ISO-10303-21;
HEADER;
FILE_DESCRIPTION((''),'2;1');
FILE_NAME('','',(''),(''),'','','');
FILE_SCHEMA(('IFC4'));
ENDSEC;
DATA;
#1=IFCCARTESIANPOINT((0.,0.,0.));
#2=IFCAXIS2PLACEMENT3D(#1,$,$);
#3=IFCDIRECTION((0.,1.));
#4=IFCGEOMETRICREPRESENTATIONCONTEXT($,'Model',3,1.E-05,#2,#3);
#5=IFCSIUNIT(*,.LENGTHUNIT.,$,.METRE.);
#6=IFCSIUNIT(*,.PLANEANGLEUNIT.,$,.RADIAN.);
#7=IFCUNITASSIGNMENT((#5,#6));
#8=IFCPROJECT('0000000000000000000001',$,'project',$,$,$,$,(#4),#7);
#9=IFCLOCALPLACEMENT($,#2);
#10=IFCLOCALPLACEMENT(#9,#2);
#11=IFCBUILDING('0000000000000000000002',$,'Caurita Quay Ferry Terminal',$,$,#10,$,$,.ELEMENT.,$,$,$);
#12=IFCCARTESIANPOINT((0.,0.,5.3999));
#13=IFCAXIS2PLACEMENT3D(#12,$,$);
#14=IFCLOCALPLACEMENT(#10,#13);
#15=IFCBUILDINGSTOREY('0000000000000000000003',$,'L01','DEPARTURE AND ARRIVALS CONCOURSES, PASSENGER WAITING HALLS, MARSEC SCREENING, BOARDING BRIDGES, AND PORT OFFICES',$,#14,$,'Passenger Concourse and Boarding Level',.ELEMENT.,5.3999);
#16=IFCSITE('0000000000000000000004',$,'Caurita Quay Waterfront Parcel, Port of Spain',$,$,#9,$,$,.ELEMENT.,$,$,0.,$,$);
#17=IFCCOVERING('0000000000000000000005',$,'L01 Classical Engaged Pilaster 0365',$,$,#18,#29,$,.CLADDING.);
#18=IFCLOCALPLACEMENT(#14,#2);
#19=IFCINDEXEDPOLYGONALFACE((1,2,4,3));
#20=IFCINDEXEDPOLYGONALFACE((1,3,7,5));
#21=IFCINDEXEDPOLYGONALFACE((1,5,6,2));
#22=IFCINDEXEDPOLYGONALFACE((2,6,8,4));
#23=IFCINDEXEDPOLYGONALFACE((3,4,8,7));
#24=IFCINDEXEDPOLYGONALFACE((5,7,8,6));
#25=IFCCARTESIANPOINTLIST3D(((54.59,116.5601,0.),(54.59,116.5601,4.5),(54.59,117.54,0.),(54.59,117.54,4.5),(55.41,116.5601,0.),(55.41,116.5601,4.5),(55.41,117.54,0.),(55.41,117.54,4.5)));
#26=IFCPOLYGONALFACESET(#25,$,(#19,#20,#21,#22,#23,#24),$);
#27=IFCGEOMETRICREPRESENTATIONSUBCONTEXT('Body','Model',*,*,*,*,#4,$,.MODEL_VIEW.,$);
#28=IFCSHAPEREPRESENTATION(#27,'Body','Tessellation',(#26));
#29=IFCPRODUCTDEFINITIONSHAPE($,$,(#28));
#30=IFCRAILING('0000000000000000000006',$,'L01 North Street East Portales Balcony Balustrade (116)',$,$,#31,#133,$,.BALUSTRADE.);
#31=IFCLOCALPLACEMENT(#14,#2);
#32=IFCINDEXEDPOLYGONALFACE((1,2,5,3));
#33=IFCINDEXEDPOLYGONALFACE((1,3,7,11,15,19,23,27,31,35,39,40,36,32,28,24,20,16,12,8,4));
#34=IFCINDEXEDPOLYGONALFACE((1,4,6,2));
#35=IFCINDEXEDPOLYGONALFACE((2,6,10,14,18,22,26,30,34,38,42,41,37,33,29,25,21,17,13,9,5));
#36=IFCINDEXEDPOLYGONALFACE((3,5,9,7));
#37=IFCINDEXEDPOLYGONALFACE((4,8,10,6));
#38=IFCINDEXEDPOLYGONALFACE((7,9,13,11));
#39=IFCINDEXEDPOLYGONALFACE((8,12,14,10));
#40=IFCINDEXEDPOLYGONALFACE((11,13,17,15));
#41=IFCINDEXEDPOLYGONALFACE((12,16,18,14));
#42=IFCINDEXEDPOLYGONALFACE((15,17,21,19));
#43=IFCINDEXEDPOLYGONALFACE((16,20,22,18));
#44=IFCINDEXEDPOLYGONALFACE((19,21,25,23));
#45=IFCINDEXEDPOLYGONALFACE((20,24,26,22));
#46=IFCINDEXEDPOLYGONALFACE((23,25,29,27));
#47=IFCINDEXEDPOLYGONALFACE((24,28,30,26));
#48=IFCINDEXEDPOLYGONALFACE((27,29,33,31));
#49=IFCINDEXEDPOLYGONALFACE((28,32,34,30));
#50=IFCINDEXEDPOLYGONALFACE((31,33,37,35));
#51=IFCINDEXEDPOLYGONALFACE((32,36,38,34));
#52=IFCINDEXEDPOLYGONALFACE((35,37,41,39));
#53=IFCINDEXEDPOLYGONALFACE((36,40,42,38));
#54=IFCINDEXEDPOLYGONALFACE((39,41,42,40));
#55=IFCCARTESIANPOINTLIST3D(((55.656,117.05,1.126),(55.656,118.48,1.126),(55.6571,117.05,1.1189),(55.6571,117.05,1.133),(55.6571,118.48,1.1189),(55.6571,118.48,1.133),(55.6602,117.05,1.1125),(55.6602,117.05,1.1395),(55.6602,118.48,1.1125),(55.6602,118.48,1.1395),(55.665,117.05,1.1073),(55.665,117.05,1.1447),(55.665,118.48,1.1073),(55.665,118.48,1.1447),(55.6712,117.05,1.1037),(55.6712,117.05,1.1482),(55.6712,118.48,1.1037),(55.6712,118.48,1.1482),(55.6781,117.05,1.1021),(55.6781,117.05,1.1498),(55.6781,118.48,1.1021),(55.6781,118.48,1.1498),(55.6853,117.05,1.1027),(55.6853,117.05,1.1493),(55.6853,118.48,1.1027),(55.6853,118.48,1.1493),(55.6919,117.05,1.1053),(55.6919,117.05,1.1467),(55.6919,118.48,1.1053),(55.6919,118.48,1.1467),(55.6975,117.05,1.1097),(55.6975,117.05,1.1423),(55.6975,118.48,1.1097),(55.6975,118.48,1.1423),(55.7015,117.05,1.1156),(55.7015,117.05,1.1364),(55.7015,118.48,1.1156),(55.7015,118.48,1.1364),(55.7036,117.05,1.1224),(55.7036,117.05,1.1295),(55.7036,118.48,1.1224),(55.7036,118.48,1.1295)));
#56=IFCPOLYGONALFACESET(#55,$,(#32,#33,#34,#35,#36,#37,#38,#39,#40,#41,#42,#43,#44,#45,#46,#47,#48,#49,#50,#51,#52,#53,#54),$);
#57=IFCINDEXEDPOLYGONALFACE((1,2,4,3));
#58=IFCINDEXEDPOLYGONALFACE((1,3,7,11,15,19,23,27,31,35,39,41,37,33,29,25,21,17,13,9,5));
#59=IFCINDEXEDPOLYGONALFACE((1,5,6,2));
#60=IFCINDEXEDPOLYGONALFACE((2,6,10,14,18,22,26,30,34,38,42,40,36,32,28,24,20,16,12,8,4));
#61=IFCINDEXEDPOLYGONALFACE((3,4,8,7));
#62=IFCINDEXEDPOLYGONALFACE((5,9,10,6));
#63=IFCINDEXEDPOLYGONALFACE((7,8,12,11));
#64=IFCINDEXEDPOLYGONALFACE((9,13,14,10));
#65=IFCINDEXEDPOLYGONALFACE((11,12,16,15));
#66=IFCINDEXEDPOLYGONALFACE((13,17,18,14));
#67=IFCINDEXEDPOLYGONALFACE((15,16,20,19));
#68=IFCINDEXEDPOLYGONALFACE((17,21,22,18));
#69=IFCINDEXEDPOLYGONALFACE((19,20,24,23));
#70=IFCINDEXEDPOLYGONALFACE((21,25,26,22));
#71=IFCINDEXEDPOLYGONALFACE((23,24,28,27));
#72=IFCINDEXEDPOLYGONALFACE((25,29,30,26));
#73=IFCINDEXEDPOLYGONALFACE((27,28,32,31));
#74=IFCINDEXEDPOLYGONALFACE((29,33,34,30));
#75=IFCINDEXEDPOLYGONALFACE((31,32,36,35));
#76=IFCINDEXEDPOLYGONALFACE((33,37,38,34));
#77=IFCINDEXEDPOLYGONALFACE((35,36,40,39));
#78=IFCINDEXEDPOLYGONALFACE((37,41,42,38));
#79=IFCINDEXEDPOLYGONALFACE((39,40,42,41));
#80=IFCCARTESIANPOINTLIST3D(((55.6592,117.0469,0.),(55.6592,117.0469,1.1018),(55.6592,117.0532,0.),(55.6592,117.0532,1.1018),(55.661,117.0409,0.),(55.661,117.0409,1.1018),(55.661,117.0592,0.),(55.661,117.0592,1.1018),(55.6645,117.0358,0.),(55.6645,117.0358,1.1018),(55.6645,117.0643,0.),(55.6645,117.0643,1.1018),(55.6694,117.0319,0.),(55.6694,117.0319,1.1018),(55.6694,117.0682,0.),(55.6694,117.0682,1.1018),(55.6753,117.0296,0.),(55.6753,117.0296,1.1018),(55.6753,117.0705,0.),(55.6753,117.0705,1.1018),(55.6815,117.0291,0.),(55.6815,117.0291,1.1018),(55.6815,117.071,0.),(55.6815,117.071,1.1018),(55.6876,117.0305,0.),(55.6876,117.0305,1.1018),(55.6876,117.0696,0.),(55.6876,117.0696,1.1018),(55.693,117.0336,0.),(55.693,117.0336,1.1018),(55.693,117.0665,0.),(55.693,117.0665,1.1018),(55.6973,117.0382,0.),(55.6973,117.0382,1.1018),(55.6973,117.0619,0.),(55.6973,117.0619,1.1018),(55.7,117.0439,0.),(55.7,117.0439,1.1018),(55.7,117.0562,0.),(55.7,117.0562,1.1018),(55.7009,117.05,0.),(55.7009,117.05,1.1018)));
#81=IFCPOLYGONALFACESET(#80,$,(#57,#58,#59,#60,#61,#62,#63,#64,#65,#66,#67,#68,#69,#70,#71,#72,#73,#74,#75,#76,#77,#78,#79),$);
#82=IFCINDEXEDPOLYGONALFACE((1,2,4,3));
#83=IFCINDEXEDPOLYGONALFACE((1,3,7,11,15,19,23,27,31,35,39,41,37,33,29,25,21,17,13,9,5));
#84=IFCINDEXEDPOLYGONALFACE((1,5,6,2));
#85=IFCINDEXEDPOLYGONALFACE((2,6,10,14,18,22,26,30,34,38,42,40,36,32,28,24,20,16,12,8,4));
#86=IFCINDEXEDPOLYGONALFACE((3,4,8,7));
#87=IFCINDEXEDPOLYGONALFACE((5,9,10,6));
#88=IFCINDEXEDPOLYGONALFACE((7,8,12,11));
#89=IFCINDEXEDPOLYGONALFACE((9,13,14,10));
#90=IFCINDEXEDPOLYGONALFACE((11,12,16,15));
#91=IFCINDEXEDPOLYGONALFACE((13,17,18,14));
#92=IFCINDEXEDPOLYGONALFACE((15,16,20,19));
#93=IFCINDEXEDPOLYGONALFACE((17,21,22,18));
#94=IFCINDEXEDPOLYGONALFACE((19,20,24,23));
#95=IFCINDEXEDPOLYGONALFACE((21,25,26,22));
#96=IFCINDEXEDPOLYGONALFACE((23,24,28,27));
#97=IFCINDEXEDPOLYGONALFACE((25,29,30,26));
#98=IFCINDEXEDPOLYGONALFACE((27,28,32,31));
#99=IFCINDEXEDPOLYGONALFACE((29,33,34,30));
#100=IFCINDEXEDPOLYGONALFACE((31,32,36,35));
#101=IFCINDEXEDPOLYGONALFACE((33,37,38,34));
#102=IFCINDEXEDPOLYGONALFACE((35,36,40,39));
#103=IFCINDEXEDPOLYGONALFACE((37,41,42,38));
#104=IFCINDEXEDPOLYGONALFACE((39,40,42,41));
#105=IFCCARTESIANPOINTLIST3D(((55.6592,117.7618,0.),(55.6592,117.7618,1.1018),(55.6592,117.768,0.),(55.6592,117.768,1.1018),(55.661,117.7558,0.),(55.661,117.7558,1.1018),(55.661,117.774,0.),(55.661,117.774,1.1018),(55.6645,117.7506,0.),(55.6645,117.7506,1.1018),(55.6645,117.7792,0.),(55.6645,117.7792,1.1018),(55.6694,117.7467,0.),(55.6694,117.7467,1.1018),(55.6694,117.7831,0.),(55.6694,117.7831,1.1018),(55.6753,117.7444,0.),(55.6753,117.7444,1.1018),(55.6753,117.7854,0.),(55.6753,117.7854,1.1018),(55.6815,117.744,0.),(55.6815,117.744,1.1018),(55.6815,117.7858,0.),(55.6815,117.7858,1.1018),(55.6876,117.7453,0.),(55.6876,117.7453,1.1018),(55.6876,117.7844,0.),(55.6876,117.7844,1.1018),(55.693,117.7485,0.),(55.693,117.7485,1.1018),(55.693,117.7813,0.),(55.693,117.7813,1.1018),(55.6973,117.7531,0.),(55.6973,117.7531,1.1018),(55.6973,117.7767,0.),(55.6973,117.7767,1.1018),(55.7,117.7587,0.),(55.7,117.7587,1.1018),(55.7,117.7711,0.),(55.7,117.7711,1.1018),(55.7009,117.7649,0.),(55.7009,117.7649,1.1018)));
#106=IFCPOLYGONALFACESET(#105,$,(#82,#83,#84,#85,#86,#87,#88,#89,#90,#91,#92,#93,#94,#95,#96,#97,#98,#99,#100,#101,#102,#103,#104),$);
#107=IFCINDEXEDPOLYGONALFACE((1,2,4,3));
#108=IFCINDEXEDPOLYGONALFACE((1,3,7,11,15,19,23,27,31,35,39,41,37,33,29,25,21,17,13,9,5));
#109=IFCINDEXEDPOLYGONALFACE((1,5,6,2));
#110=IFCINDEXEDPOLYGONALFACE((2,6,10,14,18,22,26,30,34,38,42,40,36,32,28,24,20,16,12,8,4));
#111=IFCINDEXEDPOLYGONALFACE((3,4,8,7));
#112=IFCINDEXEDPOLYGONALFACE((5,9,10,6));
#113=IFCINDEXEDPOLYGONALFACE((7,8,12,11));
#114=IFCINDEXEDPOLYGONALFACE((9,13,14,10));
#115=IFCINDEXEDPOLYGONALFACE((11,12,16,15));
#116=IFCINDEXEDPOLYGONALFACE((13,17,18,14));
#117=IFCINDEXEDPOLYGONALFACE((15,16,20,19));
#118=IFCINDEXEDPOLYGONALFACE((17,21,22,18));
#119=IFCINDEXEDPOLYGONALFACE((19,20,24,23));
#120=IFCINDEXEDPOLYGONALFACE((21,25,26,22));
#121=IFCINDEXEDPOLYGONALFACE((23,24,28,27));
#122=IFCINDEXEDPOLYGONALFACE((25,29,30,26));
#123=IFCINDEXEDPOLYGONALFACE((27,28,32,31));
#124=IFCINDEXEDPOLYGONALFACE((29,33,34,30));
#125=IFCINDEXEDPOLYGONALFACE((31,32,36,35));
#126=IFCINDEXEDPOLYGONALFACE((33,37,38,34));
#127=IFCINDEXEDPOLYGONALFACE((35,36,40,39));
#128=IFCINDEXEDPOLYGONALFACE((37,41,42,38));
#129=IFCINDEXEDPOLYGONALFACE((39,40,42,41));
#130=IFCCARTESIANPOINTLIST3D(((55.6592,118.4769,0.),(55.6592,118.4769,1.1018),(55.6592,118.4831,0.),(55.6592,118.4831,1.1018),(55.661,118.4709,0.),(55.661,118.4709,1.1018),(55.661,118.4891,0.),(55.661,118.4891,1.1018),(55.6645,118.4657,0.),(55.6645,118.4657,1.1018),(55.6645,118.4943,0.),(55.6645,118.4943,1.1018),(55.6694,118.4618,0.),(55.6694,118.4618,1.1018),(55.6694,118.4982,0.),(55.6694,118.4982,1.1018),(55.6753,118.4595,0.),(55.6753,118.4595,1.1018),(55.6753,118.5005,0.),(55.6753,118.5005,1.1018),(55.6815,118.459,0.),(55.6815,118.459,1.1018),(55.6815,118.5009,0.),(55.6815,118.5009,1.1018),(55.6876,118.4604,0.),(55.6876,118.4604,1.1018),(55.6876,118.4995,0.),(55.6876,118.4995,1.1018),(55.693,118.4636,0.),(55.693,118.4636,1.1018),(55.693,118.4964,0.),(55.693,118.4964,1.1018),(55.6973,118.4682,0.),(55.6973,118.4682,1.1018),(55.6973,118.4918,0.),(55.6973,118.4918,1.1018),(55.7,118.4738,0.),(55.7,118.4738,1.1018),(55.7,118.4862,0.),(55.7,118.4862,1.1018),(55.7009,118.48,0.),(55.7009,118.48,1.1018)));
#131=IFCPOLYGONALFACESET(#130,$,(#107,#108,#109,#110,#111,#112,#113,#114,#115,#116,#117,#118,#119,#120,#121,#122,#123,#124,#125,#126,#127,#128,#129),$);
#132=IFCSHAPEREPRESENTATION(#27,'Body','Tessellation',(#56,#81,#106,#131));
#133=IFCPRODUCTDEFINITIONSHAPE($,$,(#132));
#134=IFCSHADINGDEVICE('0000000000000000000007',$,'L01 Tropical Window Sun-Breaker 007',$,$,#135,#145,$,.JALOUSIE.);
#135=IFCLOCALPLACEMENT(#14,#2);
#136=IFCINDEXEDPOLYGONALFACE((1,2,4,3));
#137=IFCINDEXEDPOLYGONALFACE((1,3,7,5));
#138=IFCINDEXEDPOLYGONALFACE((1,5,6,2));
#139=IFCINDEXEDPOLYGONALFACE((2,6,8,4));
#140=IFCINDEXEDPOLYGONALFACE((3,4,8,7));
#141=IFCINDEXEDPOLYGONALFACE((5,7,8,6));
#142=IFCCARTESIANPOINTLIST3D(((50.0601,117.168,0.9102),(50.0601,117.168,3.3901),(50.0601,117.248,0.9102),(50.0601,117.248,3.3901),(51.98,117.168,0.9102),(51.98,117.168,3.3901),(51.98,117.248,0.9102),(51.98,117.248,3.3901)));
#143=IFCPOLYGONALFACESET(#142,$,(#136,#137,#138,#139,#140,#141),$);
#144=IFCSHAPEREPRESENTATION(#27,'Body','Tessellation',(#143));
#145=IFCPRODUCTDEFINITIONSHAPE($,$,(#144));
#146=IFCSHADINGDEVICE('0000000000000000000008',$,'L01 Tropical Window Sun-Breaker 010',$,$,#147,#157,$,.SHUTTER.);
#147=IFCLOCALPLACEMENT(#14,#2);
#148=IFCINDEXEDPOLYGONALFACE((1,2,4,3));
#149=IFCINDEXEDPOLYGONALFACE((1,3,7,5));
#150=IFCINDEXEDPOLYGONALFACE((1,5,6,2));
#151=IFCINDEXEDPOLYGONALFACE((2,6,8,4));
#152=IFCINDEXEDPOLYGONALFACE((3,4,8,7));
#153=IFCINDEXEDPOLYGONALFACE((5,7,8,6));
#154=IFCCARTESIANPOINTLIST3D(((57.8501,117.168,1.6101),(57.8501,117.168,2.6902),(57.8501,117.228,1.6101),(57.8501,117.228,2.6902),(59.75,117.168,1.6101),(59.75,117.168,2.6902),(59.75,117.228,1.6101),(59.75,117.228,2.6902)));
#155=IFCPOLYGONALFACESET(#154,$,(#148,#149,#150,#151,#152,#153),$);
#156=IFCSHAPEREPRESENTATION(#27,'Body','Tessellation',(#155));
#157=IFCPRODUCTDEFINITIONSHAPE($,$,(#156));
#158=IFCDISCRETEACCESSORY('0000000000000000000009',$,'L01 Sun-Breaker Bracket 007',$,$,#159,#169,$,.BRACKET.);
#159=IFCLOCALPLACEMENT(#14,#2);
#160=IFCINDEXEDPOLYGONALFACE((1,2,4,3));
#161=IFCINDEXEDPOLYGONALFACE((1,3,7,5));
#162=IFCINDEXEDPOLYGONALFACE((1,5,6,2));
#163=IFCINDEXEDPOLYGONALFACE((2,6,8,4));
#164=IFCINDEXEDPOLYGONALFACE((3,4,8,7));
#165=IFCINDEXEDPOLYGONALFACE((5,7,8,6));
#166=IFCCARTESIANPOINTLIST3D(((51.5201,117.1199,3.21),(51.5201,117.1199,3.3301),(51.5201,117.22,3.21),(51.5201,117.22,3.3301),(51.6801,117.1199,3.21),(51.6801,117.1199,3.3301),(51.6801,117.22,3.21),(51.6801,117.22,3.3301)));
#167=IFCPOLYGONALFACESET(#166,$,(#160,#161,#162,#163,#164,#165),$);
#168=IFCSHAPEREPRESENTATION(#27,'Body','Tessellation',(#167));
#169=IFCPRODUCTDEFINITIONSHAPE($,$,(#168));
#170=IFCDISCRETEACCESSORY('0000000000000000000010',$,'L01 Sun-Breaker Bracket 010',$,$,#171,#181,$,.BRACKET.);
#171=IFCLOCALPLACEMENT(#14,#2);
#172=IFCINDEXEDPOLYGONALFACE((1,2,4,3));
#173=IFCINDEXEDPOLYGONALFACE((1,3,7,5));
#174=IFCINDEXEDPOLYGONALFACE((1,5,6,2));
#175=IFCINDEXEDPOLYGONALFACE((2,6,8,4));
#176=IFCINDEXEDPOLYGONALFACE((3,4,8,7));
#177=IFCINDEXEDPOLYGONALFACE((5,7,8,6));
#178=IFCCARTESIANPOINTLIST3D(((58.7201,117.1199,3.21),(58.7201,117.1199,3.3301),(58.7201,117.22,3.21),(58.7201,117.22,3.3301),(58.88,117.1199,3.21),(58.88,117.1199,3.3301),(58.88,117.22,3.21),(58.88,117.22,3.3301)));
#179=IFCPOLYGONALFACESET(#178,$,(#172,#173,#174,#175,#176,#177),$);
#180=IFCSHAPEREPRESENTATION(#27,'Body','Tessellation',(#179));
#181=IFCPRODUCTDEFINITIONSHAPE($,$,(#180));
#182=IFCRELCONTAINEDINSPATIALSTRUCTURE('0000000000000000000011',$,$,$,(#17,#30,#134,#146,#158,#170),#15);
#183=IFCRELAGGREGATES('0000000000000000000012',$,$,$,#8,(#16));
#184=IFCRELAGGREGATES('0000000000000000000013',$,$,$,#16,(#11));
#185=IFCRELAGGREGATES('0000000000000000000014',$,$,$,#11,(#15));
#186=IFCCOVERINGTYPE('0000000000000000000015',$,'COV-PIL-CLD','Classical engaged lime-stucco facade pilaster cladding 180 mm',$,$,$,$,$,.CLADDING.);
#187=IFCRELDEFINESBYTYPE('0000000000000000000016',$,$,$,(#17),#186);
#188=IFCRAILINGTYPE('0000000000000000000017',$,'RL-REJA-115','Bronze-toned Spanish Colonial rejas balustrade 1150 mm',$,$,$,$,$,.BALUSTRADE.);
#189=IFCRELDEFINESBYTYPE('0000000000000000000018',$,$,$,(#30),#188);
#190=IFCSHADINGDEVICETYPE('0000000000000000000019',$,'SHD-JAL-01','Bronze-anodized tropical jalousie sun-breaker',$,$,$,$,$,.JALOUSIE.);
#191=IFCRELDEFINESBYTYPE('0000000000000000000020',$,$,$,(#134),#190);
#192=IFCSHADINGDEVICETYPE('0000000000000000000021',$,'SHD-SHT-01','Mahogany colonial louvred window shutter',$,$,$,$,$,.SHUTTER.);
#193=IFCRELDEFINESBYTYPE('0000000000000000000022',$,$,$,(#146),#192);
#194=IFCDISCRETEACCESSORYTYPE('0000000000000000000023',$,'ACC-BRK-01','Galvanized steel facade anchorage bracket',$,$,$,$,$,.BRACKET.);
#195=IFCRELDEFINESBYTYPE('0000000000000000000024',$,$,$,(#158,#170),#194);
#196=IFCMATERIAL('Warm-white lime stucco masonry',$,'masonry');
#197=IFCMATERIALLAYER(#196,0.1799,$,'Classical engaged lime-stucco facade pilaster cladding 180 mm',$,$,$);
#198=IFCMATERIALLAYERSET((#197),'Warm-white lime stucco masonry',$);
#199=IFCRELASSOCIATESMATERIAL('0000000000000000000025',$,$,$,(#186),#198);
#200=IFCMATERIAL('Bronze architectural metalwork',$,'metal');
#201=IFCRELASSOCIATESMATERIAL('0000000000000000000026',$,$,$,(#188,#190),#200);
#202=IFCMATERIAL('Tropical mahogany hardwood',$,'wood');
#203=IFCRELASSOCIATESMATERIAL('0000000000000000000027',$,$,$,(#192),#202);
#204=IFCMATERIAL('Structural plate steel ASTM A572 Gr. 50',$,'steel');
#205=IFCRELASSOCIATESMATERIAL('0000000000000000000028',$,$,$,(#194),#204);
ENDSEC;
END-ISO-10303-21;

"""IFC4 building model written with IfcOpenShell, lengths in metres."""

from ifc_helpers import new_model, si_unit, direction, frame, origin, origin_2d, place, context, subcontext, project, spatial, rectangle, circle, extrude, material, layer, layer_set, type_object, element, save


model = new_model("IFC4")

# Units and contexts
model_context = context("Model", 3, precision=1e-05, world=origin(), true_north=direction((0.0, 1.0)))
body_context = subcontext(model_context, "Body", "Model", "MODEL_VIEW")
ifc_project = project(units=[si_unit("LENGTHUNIT", "METRE"), si_unit("PLANEANGLEUNIT", "RADIAN")], contexts=[model_context])

# Site, building, storey
site_placement = place(None, origin())
site = spatial("IfcSite", under=ifc_project, at=site_placement, Name="Caurita Quay Waterfront Parcel, Port of Spain", CompositionType="ELEMENT", RefElevation=0.0)
building_placement = place(site_placement, origin())
building = spatial("IfcBuilding", under=site, at=building_placement, Name="Caurita Quay Ferry Terminal", CompositionType="ELEMENT")
storey_placement = place(building_placement, frame((0.0, 0.0, 5.3999)))
storey = spatial("IfcBuildingStorey", under=building, at=storey_placement, Name="L01", Description="DEPARTURE AND ARRIVALS CONCOURSES, PASSENGER WAITING HALLS, MARSEC SCREENING, BOARDING BRIDGES, AND PORT OFFICES", LongName="Passenger Concourse and Boarding Level", CompositionType="ELEMENT", Elevation=5.3999)

# Shared definitions
ifc_material_1 = material(Name="Warm-white lime stucco masonry", Category="masonry")

# Covering
ifc_layer_1 = layer(ifc_material_1, 0.1799, Name="Classical engaged lime-stucco facade pilaster cladding 180 mm")
ifc_layer_set_1 = layer_set([ifc_layer_1], Name="Warm-white lime stucco masonry")
covering_type = type_object("IfcCoveringType", Name="COV-PIL-CLD", Description="Classical engaged lime-stucco facade pilaster cladding 180 mm", PredefinedType="CLADDING", material=ifc_layer_set_1)
covering_placement = place(storey_placement, frame((55.0, 117.05, 0.0), z_axis=(0.0, 0.0, 1.0), x_axis=(1.0, 0.0, 0.0)))
element("IfcCovering", 1, at=covering_placement, inside=storey, type_object=covering_type, Name="L01 Classical Engaged Pilaster 0365", PredefinedType="CLADDING", context=body_context, shape_type="SweptSolid", body=[
    extrude(rectangle(XDim=0.8201, YDim=0.98, at=origin_2d()), origin(), (0.0, 0.0, 1.0), 4.5),
])

# Railing
ifc_material_2 = material(Name="Bronze architectural metalwork", Category="metal")
railing_type = type_object("IfcRailingType", Name="RL-REJA-115", Description="Bronze-toned Spanish Colonial rejas balustrade 1150 mm", PredefinedType="BALUSTRADE", material=ifc_material_2)
railing_1_placement = place(storey_placement, frame((55.6799, 117.05, 0.0)))
element("IfcRailing", 2, at=railing_1_placement, inside=storey, type_object=railing_type, Name="L01 North Street East Portales Balcony Balustrade (116)", PredefinedType="BALUSTRADE", context=body_context, shape_type="SweptSolid", body=[
    extrude(circle(Radius=0.0239, at=origin_2d()), frame((0.0, 0.0, 1.126), z_axis=(0.0, 1.0, 0.0), x_axis=(-1.0, 0.0, 0.0)), (0.0, 0.0, 1.0), 1.4299),
    extrude(circle(Radius=0.021, at=origin_2d()), origin(), (0.0, 0.0, 1.0), 1.1018),
    extrude(circle(Radius=0.021, at=origin_2d()), frame((0.0, 0.7148, 0.0)), (0.0, 0.0, 1.0), 1.1018),
    extrude(circle(Radius=0.021, at=origin_2d()), frame((0.0, 1.4299, 0.0)), (0.0, 0.0, 1.0), 1.1018),
])

# Shading devices
shading_device_type_1 = type_object("IfcShadingDeviceType", Name="SHD-JAL-01", Description="Bronze-anodized tropical jalousie sun-breaker", PredefinedType="JALOUSIE", material=ifc_material_2)
shading_device_1_placement = place(storey_placement, frame((51.02, 117.208, 0.9102), z_axis=(0.0, 0.0, 1.0), x_axis=(-1.0, 0.0, 0.0)))
element("IfcShadingDevice", 3, at=shading_device_1_placement, inside=storey, type_object=shading_device_type_1, Name="L01 Tropical Window Sun-Breaker 007", PredefinedType="JALOUSIE", context=body_context, shape_type="SweptSolid", body=[
    extrude(rectangle(XDim=1.9199, YDim=0.0801, at=origin_2d()), origin(), (0.0, 0.0, 1.0), 2.48),
])
ifc_material_3 = material(Name="Tropical mahogany hardwood", Category="wood")
shading_device_type_2 = type_object("IfcShadingDeviceType", Name="SHD-SHT-01", Description="Mahogany colonial louvred window shutter", PredefinedType="SHUTTER", material=ifc_material_3)
shading_device_2_placement = place(storey_placement, frame((58.8, 117.198, 1.6101), z_axis=(0.0, 0.0, 1.0), x_axis=(-1.0, 0.0, 0.0)))
element("IfcShadingDevice", 4, at=shading_device_2_placement, inside=storey, type_object=shading_device_type_2, Name="L01 Tropical Window Sun-Breaker 010", PredefinedType="SHUTTER", context=body_context, shape_type="SweptSolid", body=[
    extrude(rectangle(XDim=1.8999, YDim=0.0601, at=origin_2d()), origin(), (0.0, 0.0, 1.0), 1.0801),
])

# Discrete accessories
ifc_material_4 = material(Name="Structural plate steel ASTM A572 Gr. 50", Category="steel")
discrete_accessory_type = type_object("IfcDiscreteAccessoryType", Name="ACC-BRK-01", Description="Galvanized steel facade anchorage bracket", PredefinedType="BRACKET", material=ifc_material_4)
for number, where, z_axis, x_axis, name in (
    (5, (51.6001, 117.1699, 3.21), (0.0, 0.0, 1.0), (-1.0, 0.0, 0.0), "L01 Sun-Breaker Bracket 007"),
    (6, (58.8, 117.1699, 3.21), (0.0, 0.0, 1.0), (-1.0, 0.0, 0.0), "L01 Sun-Breaker Bracket 010"),
):
    element("IfcDiscreteAccessory", number, at=place(storey_placement, frame(where, z_axis=z_axis, x_axis=x_axis)), inside=storey, type_object=discrete_accessory_type, Name=name, PredefinedType="BRACKET", context=body_context, shape_type="SweptSolid", body=[
        extrude(rectangle(XDim=0.1599, YDim=0.1001, at=origin_2d()), origin(), (0.0, 0.0, 1.0), 0.1201),
    ])

save(model, "model.ifc")
